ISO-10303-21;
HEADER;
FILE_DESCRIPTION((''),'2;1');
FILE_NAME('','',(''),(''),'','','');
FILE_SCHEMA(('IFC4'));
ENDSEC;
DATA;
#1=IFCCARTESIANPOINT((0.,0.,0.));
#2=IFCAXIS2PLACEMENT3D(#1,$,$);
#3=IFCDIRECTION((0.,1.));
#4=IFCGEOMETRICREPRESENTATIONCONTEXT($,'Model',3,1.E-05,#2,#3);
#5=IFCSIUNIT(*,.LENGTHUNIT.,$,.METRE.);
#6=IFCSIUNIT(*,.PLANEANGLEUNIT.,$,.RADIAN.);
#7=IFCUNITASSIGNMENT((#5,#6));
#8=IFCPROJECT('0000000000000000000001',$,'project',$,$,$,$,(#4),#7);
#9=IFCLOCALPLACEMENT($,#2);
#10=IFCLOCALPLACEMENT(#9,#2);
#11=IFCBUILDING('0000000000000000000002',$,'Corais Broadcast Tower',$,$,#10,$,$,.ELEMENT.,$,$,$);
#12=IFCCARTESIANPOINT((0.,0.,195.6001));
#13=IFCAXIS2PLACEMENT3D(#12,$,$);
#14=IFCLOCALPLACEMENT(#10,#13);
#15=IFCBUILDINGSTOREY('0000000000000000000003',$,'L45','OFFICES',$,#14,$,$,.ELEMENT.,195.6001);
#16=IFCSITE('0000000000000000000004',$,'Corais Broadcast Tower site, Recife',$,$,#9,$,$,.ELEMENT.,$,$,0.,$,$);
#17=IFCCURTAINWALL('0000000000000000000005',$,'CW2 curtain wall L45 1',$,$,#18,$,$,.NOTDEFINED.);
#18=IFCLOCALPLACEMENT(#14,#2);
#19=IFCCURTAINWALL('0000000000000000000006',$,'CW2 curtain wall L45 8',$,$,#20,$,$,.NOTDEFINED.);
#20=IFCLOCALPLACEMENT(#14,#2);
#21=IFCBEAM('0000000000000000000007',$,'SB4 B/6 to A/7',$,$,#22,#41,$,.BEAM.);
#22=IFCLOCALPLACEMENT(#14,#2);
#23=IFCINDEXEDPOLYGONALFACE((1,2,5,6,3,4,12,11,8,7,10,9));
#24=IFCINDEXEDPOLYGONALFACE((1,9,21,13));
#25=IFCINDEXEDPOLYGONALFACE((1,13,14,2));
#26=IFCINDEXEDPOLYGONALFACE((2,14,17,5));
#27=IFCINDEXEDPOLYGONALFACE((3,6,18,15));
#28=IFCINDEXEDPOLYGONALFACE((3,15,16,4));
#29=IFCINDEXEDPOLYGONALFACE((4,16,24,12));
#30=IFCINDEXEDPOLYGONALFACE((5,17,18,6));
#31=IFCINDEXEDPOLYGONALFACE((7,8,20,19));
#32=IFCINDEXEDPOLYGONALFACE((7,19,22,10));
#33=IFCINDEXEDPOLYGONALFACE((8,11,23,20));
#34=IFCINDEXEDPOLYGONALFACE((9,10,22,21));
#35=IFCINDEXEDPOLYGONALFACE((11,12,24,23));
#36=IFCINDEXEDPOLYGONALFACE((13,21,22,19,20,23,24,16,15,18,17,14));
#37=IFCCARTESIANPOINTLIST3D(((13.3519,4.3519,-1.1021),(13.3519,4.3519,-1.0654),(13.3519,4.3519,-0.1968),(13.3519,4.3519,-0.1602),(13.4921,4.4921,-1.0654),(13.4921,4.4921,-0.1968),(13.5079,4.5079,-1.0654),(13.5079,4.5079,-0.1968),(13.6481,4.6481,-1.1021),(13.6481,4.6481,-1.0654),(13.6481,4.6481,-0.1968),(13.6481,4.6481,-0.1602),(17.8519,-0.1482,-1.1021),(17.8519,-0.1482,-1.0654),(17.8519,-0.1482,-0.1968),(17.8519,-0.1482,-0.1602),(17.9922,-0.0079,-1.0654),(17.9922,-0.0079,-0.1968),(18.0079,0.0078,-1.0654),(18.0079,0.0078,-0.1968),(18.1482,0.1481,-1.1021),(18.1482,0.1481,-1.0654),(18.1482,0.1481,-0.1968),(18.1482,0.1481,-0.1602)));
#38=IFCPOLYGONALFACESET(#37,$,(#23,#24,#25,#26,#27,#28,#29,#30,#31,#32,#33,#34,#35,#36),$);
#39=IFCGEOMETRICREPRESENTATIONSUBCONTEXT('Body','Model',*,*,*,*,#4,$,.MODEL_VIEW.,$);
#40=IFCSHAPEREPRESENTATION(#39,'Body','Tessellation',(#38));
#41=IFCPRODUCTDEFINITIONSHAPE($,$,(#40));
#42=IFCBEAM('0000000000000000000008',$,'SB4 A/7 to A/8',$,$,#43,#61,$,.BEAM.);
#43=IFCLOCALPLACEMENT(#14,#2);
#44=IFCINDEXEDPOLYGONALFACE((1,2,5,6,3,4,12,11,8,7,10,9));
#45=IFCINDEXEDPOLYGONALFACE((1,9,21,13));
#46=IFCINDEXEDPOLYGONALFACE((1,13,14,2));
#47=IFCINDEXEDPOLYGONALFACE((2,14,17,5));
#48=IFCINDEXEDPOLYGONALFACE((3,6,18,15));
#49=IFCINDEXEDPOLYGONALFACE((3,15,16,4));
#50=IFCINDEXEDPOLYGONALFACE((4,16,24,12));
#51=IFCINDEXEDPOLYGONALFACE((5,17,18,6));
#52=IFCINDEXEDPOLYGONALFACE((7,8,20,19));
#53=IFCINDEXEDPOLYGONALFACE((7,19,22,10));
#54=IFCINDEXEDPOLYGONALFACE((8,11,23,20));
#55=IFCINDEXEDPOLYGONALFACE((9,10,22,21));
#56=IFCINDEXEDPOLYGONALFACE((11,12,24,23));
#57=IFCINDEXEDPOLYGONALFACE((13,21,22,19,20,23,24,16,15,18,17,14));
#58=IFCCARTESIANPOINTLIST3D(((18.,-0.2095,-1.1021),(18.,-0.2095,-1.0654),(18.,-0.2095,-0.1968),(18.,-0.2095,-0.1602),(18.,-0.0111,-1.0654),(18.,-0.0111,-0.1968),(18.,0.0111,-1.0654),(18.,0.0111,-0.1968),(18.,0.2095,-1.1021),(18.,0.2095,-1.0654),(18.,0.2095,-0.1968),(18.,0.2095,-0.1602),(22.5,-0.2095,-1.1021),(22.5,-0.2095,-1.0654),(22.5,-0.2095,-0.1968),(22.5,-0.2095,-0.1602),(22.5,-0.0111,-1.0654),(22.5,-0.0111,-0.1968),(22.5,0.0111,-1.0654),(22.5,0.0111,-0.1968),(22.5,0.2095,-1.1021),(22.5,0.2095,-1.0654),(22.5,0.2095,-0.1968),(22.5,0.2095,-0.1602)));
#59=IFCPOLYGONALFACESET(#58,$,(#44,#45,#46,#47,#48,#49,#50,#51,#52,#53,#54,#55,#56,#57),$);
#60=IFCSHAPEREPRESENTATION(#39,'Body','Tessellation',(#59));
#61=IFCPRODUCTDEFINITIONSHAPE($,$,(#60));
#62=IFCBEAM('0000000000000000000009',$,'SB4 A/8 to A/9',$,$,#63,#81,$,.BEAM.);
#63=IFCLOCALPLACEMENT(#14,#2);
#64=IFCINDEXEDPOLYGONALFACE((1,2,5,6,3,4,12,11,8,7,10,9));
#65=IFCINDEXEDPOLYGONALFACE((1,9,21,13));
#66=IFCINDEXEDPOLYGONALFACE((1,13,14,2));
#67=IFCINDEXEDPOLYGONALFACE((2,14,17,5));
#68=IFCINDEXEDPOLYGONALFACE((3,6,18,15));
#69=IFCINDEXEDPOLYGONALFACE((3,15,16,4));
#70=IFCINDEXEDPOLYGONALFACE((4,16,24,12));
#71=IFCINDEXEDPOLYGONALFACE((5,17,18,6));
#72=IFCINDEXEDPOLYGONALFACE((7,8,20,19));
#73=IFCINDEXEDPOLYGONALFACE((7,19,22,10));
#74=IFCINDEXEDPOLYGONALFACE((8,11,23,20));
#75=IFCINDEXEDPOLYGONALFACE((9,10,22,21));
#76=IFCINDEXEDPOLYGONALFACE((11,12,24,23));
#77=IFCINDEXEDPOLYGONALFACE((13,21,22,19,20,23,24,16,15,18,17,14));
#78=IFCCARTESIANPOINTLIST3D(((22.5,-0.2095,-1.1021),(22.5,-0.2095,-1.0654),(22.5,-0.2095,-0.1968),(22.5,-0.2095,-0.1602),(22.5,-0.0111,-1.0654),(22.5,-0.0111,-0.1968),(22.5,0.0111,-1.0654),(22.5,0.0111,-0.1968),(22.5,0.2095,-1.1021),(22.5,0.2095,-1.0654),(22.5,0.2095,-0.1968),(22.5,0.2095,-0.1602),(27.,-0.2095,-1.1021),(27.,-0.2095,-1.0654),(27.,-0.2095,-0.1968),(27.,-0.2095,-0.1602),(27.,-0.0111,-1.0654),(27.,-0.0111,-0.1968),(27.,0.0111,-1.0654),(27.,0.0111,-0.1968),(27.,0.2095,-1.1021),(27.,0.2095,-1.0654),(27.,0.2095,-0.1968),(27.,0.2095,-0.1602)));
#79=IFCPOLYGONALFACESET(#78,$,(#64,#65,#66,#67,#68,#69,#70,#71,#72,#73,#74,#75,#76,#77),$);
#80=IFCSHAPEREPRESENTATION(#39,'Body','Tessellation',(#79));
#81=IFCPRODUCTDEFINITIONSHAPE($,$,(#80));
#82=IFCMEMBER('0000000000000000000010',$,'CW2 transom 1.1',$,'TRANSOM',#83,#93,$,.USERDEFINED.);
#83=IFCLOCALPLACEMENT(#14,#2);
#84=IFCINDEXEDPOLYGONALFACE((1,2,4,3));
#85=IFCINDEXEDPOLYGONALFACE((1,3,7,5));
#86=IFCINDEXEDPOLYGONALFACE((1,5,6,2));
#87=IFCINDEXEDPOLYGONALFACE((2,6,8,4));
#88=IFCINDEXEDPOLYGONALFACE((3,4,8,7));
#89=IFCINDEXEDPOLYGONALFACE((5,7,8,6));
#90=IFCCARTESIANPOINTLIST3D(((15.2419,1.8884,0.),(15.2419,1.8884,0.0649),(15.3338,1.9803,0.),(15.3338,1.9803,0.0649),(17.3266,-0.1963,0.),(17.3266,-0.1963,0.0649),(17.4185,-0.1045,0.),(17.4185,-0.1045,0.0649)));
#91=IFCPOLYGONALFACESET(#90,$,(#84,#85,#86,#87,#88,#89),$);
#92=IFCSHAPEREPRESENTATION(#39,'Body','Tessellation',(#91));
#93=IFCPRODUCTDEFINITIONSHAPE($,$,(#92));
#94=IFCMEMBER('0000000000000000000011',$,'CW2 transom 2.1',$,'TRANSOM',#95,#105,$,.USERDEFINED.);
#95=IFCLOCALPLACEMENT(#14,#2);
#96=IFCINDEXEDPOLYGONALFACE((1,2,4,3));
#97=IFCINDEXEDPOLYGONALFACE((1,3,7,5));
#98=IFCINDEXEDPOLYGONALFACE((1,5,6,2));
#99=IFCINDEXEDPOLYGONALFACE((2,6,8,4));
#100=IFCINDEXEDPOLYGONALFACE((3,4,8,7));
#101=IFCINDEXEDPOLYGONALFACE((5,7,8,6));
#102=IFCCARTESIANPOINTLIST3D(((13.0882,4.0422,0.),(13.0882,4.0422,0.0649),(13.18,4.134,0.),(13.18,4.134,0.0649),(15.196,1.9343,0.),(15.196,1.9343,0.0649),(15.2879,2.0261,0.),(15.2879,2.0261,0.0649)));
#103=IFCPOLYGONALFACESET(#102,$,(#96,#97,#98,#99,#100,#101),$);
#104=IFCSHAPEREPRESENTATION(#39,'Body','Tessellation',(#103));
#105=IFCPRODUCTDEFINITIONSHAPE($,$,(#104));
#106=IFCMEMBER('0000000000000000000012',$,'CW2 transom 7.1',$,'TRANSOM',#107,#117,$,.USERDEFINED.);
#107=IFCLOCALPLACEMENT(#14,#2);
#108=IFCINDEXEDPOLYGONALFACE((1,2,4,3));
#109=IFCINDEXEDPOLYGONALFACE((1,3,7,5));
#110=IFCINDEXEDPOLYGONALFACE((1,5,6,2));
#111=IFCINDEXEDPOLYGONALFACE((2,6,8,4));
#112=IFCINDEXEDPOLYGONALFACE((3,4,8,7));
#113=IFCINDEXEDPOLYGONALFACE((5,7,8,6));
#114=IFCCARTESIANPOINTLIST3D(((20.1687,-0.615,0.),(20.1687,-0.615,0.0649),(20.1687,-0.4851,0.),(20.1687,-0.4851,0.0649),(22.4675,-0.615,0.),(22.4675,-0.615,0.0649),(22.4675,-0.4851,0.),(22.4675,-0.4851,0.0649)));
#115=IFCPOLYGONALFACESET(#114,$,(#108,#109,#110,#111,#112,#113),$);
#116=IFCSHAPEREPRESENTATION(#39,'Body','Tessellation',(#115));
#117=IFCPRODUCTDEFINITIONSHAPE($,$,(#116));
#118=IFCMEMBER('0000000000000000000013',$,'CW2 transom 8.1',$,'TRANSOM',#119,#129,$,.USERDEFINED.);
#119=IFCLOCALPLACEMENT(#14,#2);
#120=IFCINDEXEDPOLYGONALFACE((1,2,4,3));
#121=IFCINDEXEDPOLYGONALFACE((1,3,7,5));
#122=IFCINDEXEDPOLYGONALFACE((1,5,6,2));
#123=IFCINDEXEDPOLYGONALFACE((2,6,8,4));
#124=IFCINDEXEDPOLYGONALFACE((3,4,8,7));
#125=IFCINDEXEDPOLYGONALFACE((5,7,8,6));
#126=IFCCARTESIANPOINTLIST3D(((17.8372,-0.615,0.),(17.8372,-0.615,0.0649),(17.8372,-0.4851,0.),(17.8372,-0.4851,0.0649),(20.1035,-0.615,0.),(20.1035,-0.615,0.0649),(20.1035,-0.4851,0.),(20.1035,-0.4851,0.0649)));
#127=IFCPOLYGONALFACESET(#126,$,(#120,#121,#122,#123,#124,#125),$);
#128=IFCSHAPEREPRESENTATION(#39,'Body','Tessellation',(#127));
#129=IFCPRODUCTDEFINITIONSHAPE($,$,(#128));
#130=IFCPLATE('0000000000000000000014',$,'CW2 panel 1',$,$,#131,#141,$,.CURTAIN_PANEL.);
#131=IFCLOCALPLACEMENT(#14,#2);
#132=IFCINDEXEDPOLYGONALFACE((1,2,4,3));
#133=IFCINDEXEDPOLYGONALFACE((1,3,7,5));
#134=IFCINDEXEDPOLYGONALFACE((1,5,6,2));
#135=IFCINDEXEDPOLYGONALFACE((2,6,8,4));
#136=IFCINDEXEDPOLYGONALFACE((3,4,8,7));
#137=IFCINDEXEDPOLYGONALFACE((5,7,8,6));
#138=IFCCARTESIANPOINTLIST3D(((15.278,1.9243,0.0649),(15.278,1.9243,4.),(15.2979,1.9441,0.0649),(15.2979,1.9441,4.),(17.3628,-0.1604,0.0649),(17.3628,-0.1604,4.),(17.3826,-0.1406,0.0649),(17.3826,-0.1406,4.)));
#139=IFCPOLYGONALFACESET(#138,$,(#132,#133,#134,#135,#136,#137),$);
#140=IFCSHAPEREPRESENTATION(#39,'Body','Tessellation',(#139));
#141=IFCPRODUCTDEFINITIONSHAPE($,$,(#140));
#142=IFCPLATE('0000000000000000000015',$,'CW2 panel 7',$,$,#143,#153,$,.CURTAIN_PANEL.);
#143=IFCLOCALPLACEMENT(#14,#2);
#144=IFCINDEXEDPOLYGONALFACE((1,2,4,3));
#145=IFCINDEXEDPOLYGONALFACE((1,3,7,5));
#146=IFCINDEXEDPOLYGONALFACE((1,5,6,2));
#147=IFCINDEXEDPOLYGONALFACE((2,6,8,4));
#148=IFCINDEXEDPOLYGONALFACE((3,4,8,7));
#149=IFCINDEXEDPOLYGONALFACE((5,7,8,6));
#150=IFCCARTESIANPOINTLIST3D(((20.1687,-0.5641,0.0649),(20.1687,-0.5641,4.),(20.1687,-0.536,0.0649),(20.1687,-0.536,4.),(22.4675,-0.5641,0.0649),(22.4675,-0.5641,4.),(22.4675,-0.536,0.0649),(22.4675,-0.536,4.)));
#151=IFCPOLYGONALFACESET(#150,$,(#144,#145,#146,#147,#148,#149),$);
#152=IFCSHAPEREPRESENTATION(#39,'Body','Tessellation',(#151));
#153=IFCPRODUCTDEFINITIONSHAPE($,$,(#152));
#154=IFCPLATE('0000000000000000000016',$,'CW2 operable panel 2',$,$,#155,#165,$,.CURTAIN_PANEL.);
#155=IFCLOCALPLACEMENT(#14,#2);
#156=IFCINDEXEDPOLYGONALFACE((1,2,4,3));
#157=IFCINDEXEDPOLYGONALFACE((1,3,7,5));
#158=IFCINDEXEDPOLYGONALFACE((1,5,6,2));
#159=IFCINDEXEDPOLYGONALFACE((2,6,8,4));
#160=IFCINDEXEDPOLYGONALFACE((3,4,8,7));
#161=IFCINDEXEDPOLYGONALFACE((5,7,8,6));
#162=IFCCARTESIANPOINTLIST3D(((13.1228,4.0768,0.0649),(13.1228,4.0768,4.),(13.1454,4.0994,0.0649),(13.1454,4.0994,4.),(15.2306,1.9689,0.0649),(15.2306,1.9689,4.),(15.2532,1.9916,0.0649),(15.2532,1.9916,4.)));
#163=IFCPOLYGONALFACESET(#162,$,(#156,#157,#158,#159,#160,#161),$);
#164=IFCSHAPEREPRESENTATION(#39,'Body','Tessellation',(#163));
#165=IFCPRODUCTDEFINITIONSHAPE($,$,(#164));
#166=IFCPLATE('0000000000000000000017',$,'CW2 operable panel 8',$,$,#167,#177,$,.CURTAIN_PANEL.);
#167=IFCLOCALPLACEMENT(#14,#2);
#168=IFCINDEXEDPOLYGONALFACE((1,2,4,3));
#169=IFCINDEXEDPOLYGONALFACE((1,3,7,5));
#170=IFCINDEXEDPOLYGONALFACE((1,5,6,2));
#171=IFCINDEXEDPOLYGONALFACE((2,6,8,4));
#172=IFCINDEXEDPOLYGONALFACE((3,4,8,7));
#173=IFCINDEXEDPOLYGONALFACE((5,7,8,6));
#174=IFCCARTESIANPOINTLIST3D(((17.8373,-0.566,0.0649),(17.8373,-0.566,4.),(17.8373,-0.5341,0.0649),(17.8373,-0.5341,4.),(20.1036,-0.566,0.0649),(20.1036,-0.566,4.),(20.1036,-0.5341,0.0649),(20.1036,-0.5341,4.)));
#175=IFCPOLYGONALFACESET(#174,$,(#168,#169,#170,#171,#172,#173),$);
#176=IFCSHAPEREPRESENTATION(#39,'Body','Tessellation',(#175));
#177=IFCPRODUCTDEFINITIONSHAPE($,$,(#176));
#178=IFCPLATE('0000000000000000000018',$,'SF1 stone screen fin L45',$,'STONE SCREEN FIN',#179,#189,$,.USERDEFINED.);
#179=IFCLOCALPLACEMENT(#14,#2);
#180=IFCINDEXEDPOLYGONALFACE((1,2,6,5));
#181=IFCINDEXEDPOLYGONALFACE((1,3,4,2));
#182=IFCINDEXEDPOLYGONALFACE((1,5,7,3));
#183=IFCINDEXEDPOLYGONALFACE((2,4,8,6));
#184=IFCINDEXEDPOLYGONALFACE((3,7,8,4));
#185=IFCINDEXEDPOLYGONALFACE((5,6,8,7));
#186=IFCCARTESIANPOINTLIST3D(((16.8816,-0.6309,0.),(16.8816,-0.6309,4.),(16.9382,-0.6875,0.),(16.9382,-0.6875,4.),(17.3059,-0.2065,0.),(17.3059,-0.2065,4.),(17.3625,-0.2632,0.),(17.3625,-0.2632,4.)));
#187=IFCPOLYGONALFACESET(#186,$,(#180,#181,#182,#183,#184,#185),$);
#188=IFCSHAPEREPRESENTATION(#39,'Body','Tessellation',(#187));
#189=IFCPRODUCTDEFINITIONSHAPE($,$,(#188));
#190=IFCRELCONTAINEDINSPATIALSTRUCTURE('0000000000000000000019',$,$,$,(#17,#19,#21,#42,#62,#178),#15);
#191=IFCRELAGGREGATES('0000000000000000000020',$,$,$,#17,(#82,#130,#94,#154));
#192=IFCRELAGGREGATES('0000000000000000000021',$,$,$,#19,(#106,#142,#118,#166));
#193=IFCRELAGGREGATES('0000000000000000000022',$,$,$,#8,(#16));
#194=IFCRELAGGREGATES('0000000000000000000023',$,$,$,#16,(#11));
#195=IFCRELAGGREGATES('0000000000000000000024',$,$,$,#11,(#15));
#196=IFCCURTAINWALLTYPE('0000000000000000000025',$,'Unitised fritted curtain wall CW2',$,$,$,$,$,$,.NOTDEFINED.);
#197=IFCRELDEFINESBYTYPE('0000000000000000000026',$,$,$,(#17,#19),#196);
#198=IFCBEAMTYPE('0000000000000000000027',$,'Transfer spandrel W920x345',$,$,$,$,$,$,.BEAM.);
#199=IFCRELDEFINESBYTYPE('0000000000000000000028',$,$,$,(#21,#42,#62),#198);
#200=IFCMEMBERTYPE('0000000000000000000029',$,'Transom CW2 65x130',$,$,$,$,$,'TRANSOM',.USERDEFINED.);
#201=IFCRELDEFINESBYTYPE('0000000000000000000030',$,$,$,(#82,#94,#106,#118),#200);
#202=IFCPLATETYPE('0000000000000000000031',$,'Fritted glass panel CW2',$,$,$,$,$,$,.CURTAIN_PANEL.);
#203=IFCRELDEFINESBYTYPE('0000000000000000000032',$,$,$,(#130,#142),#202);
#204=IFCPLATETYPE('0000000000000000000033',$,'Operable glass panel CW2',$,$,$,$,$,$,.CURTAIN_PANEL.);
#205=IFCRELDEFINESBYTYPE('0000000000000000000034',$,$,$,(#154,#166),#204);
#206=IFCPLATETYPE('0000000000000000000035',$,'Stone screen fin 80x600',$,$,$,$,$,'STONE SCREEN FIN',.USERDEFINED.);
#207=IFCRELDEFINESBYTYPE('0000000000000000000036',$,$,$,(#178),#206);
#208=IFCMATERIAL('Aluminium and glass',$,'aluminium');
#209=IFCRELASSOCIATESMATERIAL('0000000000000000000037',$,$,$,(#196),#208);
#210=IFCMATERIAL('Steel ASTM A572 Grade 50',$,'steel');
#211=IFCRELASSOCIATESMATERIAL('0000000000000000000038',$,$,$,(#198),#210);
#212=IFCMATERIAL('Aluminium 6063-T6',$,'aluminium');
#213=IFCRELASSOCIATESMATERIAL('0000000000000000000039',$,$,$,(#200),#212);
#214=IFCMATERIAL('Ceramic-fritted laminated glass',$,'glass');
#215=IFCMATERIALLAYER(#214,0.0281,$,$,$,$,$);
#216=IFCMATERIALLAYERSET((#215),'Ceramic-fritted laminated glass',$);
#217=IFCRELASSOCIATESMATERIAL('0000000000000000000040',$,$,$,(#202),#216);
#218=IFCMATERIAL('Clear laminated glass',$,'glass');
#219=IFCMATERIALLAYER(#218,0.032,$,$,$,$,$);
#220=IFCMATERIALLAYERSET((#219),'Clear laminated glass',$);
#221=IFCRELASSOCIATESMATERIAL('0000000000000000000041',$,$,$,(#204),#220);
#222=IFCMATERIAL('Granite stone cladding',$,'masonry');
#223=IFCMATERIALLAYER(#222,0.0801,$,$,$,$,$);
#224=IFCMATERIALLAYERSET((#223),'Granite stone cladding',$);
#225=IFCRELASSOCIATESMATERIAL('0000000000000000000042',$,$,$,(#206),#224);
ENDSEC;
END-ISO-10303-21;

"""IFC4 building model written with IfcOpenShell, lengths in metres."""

from ifc_helpers import new_model, si_unit, direction, frame, origin, origin_2d, place, context, subcontext, project, spatial, rectangle, i_section, extrude, material, layer, layer_set, material_profile, profile_set, type_object, element, aggregate, save


model = new_model("IFC4")

# Units and contexts
model_context = context("Model", 3, precision=1e-05, world=origin(), true_north=direction((0.0, 1.0)))
body_context = subcontext(model_context, "Body", "Model", "MODEL_VIEW")
ifc_project = project(units=[si_unit("LENGTHUNIT", "METRE"), si_unit("PLANEANGLEUNIT", "RADIAN")], contexts=[model_context])

# Site, building, storey
site_placement = place(None, origin())
site = spatial("IfcSite", under=ifc_project, at=site_placement, Name="Corais Broadcast Tower site, Recife", CompositionType="ELEMENT", RefElevation=0.0)
building_placement = place(site_placement, origin())
building = spatial("IfcBuilding", under=site, at=building_placement, Name="Corais Broadcast Tower", CompositionType="ELEMENT")
storey_placement = place(building_placement, frame((0.0, 0.0, 195.6001)))
storey = spatial("IfcBuildingStorey", under=building, at=storey_placement, Name="L45", Description="OFFICES", CompositionType="ELEMENT", Elevation=195.6001)

# Curtain walls
ifc_material_1 = material(Name="Aluminium and glass", Category="aluminium")
curtain_wall_type = type_object("IfcCurtainWallType", Name="Unitised fritted curtain wall CW2", PredefinedType="NOTDEFINED", material=ifc_material_1)
curtain_wall_1_placement = place(storey_placement, origin())
curtain_wall_1 = element("IfcCurtainWall", 1, at=curtain_wall_1_placement, inside=storey, type_object=curtain_wall_type, Name="CW2 curtain wall L45 1", PredefinedType="NOTDEFINED")
curtain_wall_2_placement = place(storey_placement, origin())
curtain_wall_2 = element("IfcCurtainWall", 2, at=curtain_wall_2_placement, inside=storey, type_object=curtain_wall_type, Name="CW2 curtain wall L45 8", PredefinedType="NOTDEFINED")

# Beams
ifc_material_2 = material(Name="Steel ASTM A572 Grade 50", Category="steel")
ifc_material_profile_1 = material_profile(ifc_material_2, i_section(OverallWidth=0.4189, OverallDepth=0.9419, WebThickness=0.0222, FlangeThickness=0.0366, at=origin_2d()), Name="W920x345")
ifc_profile_set_1 = profile_set([ifc_material_profile_1], Name="Steel ASTM A572 Grade 50")
beam_type_1 = type_object("IfcBeamType", Name="Transfer spandrel W920x345", PredefinedType="BEAM", material=ifc_profile_set_1)
beam_1_placement = place(storey_placement, frame((13.5, 4.5, -0.6311), z_axis=(0.707107, -0.707107, 0.0), x_axis=(0.707107, 0.707107, 0.0)))
element("IfcBeam", 3, at=beam_1_placement, inside=storey, type_object=beam_type_1, Name="SB4 B/6 to A/7", PredefinedType="BEAM", context=body_context, shape_type="SweptSolid", body=[
    extrude(i_section(OverallWidth=0.4189, OverallDepth=0.9419, WebThickness=0.0222, FlangeThickness=0.0366, at=origin_2d()), origin(), (0.0, 0.0, 1.0), 6.364),
])
for number, where, z_axis, x_axis, name in (
    (4, (18.0, 0.0, -0.6311), (1.0, 0.0, 0.0), (0.0, 1.0, 0.0), "SB4 A/7 to A/8"),
    (5, (22.5, 0.0, -0.6311), (1.0, 0.0, 0.0), (0.0, 1.0, 0.0), "SB4 A/8 to A/9"),
):
    element("IfcBeam", number, at=place(storey_placement, frame(where, z_axis=z_axis, x_axis=x_axis)), inside=storey, type_object=beam_type_1, Name=name, PredefinedType="BEAM", context=body_context, shape_type="SweptSolid", body=[
        extrude(i_section(OverallWidth=0.4189, OverallDepth=0.9419, WebThickness=0.0222, FlangeThickness=0.0366, at=origin_2d()), origin(), (0.0, 0.0, 1.0), 4.5),
    ])

# Members
ifc_material_3 = material(Name="Aluminium 6063-T6", Category="aluminium")
ifc_material_profile_2 = material_profile(ifc_material_3, rectangle(XDim=0.1299, YDim=0.0649, at=origin_2d()), Name="Transom CW2 65x130")
ifc_profile_set_2 = profile_set([ifc_material_profile_2], Name="Aluminium 6063-T6")
member_type_1 = type_object("IfcMemberType", Name="Transom CW2 65x130", ElementType="TRANSOM", PredefinedType="USERDEFINED", material=ifc_profile_set_2)
member_1_placement = place(storey_placement, frame((17.3726, -0.1504, 0.0325), z_axis=(-0.707107, 0.707107, 0.0), x_axis=(-0.707107, -0.707107, 0.0)))
member_1 = element("IfcMember", 6, at=member_1_placement, type_object=member_type_1, Name="CW2 transom 1.1", ObjectType="TRANSOM", PredefinedType="USERDEFINED", context=body_context, shape_type="SweptSolid", body=[
    extrude(rectangle(XDim=0.1299, YDim=0.0649, at=origin_2d()), origin(), (0.0, 0.0, 1.0), 2.9482),
])
member_2_placement = place(storey_placement, frame((15.2419, 1.9802, 0.0325), z_axis=(-0.707107, 0.707107, 0.0), x_axis=(-0.707107, -0.707107, 0.0)))
member_2 = element("IfcMember", 7, at=member_2_placement, type_object=member_type_1, Name="CW2 transom 2.1", ObjectType="TRANSOM", PredefinedType="USERDEFINED", context=body_context, shape_type="SweptSolid", body=[
    extrude(rectangle(XDim=0.1299, YDim=0.0649, at=origin_2d()), origin(), (0.0, 0.0, 1.0), 2.981),
])
member_3_placement = place(storey_placement, frame((22.4675, -0.55, 0.0325), z_axis=(-1.0, 0.0, 0.0), x_axis=(0.0, -1.0, 0.0)))
member_3 = element("IfcMember", 8, at=member_3_placement, type_object=member_type_1, Name="CW2 transom 7.1", ObjectType="TRANSOM", PredefinedType="USERDEFINED", context=body_context, shape_type="SweptSolid", body=[
    extrude(rectangle(XDim=0.1299, YDim=0.0649, at=origin_2d()), origin(), (0.0, 0.0, 1.0), 2.2988),
])
member_4_placement = place(storey_placement, frame((20.1035, -0.55, 0.0325), z_axis=(-1.0, 0.0, 0.0), x_axis=(0.0, -1.0, 0.0)))
member_4 = element("IfcMember", 9, at=member_4_placement, type_object=member_type_1, Name="CW2 transom 8.1", ObjectType="TRANSOM", PredefinedType="USERDEFINED", context=body_context, shape_type="SweptSolid", body=[
    extrude(rectangle(XDim=0.1299, YDim=0.0649, at=origin_2d()), origin(), (0.0, 0.0, 1.0), 2.2664),
])

# Plates
ifc_material_4 = material(Name="Ceramic-fritted laminated glass", Category="glass")
ifc_layer_1 = layer(ifc_material_4, 0.0281)
ifc_layer_set_1 = layer_set([ifc_layer_1], Name="Ceramic-fritted laminated glass")
plate_type_1 = type_object("IfcPlateType", Name="Fritted glass panel CW2", PredefinedType="CURTAIN_PANEL", material=ifc_layer_set_1)
plate_1_placement = place(storey_placement, frame((16.3303, 0.8918, 0.0649), z_axis=(0.0, 0.0, 1.0), x_axis=(-0.707107, 0.707107, 0.0)))
plate_1 = element("IfcPlate", 10, at=plate_1_placement, type_object=plate_type_1, Name="CW2 panel 1", PredefinedType="CURTAIN_PANEL", context=body_context, shape_type="SweptSolid", body=[
    extrude(rectangle(XDim=2.9482, YDim=0.0281, at=origin_2d()), origin(), (0.0, 0.0, 1.0), 3.9351),
])
plate_2_placement = place(storey_placement, frame((21.3181, -0.55, 0.0649), z_axis=(0.0, 0.0, 1.0), x_axis=(-1.0, 0.0, 0.0)))
plate_2 = element("IfcPlate", 11, at=plate_2_placement, type_object=plate_type_1, Name="CW2 panel 7", PredefinedType="CURTAIN_PANEL", context=body_context, shape_type="SweptSolid", body=[
    extrude(rectangle(XDim=2.2988, YDim=0.0281, at=origin_2d()), origin(), (0.0, 0.0, 1.0), 3.9351),
])
ifc_material_5 = material(Name="Clear laminated glass", Category="glass")
ifc_layer_2 = layer(ifc_material_5, 0.032)
ifc_layer_set_2 = layer_set([ifc_layer_2], Name="Clear laminated glass")
plate_type_2 = type_object("IfcPlateType", Name="Operable glass panel CW2", PredefinedType="CURTAIN_PANEL", material=ifc_layer_set_2)
plate_3_placement = place(storey_placement, frame((14.188, 3.0342, 0.0649), z_axis=(0.0, 0.0, 1.0), x_axis=(-0.707107, 0.707107, 0.0)))
plate_3 = element("IfcPlate", 12, at=plate_3_placement, type_object=plate_type_2, Name="CW2 operable panel 2", PredefinedType="CURTAIN_PANEL", context=body_context, shape_type="SweptSolid", body=[
    extrude(rectangle(XDim=2.981, YDim=0.032, at=origin_2d()), origin(), (0.0, 0.0, 1.0), 3.9351),
])
aggregate(curtain_wall_1, [member_1, plate_1, member_2, plate_3])
plate_4_placement = place(storey_placement, frame((18.9705, -0.55, 0.0649), z_axis=(0.0, 0.0, 1.0), x_axis=(-1.0, 0.0, 0.0)))
plate_4 = element("IfcPlate", 13, at=plate_4_placement, type_object=plate_type_2, Name="CW2 operable panel 8", PredefinedType="CURTAIN_PANEL", context=body_context, shape_type="SweptSolid", body=[
    extrude(rectangle(XDim=2.2664, YDim=0.032, at=origin_2d()), origin(), (0.0, 0.0, 1.0), 3.9351),
])
aggregate(curtain_wall_2, [member_3, plate_2, member_4, plate_4])
ifc_material_6 = material(Name="Granite stone cladding", Category="masonry")
ifc_layer_3 = layer(ifc_material_6, 0.0801)
ifc_layer_set_3 = layer_set([ifc_layer_3], Name="Granite stone cladding")
plate_type_3 = type_object("IfcPlateType", Name="Stone screen fin 80x600", ElementType="STONE SCREEN FIN", PredefinedType="USERDEFINED", material=ifc_layer_set_3)
plate_5_placement = place(storey_placement, frame((17.1221, -0.447, 0.0), z_axis=(0.0, 0.0, 1.0), x_axis=(-0.707107, 0.707107, 0.0)))
element("IfcPlate", 14, at=plate_5_placement, inside=storey, type_object=plate_type_3, Name="SF1 stone screen fin L45", ObjectType="STONE SCREEN FIN", PredefinedType="USERDEFINED", context=body_context, shape_type="SweptSolid", body=[
    extrude(rectangle(XDim=0.0801, YDim=0.6001, at=origin_2d()), origin(), (0.0, 0.0, 1.0), 4.0),
])

save(model, "model.ifc")
